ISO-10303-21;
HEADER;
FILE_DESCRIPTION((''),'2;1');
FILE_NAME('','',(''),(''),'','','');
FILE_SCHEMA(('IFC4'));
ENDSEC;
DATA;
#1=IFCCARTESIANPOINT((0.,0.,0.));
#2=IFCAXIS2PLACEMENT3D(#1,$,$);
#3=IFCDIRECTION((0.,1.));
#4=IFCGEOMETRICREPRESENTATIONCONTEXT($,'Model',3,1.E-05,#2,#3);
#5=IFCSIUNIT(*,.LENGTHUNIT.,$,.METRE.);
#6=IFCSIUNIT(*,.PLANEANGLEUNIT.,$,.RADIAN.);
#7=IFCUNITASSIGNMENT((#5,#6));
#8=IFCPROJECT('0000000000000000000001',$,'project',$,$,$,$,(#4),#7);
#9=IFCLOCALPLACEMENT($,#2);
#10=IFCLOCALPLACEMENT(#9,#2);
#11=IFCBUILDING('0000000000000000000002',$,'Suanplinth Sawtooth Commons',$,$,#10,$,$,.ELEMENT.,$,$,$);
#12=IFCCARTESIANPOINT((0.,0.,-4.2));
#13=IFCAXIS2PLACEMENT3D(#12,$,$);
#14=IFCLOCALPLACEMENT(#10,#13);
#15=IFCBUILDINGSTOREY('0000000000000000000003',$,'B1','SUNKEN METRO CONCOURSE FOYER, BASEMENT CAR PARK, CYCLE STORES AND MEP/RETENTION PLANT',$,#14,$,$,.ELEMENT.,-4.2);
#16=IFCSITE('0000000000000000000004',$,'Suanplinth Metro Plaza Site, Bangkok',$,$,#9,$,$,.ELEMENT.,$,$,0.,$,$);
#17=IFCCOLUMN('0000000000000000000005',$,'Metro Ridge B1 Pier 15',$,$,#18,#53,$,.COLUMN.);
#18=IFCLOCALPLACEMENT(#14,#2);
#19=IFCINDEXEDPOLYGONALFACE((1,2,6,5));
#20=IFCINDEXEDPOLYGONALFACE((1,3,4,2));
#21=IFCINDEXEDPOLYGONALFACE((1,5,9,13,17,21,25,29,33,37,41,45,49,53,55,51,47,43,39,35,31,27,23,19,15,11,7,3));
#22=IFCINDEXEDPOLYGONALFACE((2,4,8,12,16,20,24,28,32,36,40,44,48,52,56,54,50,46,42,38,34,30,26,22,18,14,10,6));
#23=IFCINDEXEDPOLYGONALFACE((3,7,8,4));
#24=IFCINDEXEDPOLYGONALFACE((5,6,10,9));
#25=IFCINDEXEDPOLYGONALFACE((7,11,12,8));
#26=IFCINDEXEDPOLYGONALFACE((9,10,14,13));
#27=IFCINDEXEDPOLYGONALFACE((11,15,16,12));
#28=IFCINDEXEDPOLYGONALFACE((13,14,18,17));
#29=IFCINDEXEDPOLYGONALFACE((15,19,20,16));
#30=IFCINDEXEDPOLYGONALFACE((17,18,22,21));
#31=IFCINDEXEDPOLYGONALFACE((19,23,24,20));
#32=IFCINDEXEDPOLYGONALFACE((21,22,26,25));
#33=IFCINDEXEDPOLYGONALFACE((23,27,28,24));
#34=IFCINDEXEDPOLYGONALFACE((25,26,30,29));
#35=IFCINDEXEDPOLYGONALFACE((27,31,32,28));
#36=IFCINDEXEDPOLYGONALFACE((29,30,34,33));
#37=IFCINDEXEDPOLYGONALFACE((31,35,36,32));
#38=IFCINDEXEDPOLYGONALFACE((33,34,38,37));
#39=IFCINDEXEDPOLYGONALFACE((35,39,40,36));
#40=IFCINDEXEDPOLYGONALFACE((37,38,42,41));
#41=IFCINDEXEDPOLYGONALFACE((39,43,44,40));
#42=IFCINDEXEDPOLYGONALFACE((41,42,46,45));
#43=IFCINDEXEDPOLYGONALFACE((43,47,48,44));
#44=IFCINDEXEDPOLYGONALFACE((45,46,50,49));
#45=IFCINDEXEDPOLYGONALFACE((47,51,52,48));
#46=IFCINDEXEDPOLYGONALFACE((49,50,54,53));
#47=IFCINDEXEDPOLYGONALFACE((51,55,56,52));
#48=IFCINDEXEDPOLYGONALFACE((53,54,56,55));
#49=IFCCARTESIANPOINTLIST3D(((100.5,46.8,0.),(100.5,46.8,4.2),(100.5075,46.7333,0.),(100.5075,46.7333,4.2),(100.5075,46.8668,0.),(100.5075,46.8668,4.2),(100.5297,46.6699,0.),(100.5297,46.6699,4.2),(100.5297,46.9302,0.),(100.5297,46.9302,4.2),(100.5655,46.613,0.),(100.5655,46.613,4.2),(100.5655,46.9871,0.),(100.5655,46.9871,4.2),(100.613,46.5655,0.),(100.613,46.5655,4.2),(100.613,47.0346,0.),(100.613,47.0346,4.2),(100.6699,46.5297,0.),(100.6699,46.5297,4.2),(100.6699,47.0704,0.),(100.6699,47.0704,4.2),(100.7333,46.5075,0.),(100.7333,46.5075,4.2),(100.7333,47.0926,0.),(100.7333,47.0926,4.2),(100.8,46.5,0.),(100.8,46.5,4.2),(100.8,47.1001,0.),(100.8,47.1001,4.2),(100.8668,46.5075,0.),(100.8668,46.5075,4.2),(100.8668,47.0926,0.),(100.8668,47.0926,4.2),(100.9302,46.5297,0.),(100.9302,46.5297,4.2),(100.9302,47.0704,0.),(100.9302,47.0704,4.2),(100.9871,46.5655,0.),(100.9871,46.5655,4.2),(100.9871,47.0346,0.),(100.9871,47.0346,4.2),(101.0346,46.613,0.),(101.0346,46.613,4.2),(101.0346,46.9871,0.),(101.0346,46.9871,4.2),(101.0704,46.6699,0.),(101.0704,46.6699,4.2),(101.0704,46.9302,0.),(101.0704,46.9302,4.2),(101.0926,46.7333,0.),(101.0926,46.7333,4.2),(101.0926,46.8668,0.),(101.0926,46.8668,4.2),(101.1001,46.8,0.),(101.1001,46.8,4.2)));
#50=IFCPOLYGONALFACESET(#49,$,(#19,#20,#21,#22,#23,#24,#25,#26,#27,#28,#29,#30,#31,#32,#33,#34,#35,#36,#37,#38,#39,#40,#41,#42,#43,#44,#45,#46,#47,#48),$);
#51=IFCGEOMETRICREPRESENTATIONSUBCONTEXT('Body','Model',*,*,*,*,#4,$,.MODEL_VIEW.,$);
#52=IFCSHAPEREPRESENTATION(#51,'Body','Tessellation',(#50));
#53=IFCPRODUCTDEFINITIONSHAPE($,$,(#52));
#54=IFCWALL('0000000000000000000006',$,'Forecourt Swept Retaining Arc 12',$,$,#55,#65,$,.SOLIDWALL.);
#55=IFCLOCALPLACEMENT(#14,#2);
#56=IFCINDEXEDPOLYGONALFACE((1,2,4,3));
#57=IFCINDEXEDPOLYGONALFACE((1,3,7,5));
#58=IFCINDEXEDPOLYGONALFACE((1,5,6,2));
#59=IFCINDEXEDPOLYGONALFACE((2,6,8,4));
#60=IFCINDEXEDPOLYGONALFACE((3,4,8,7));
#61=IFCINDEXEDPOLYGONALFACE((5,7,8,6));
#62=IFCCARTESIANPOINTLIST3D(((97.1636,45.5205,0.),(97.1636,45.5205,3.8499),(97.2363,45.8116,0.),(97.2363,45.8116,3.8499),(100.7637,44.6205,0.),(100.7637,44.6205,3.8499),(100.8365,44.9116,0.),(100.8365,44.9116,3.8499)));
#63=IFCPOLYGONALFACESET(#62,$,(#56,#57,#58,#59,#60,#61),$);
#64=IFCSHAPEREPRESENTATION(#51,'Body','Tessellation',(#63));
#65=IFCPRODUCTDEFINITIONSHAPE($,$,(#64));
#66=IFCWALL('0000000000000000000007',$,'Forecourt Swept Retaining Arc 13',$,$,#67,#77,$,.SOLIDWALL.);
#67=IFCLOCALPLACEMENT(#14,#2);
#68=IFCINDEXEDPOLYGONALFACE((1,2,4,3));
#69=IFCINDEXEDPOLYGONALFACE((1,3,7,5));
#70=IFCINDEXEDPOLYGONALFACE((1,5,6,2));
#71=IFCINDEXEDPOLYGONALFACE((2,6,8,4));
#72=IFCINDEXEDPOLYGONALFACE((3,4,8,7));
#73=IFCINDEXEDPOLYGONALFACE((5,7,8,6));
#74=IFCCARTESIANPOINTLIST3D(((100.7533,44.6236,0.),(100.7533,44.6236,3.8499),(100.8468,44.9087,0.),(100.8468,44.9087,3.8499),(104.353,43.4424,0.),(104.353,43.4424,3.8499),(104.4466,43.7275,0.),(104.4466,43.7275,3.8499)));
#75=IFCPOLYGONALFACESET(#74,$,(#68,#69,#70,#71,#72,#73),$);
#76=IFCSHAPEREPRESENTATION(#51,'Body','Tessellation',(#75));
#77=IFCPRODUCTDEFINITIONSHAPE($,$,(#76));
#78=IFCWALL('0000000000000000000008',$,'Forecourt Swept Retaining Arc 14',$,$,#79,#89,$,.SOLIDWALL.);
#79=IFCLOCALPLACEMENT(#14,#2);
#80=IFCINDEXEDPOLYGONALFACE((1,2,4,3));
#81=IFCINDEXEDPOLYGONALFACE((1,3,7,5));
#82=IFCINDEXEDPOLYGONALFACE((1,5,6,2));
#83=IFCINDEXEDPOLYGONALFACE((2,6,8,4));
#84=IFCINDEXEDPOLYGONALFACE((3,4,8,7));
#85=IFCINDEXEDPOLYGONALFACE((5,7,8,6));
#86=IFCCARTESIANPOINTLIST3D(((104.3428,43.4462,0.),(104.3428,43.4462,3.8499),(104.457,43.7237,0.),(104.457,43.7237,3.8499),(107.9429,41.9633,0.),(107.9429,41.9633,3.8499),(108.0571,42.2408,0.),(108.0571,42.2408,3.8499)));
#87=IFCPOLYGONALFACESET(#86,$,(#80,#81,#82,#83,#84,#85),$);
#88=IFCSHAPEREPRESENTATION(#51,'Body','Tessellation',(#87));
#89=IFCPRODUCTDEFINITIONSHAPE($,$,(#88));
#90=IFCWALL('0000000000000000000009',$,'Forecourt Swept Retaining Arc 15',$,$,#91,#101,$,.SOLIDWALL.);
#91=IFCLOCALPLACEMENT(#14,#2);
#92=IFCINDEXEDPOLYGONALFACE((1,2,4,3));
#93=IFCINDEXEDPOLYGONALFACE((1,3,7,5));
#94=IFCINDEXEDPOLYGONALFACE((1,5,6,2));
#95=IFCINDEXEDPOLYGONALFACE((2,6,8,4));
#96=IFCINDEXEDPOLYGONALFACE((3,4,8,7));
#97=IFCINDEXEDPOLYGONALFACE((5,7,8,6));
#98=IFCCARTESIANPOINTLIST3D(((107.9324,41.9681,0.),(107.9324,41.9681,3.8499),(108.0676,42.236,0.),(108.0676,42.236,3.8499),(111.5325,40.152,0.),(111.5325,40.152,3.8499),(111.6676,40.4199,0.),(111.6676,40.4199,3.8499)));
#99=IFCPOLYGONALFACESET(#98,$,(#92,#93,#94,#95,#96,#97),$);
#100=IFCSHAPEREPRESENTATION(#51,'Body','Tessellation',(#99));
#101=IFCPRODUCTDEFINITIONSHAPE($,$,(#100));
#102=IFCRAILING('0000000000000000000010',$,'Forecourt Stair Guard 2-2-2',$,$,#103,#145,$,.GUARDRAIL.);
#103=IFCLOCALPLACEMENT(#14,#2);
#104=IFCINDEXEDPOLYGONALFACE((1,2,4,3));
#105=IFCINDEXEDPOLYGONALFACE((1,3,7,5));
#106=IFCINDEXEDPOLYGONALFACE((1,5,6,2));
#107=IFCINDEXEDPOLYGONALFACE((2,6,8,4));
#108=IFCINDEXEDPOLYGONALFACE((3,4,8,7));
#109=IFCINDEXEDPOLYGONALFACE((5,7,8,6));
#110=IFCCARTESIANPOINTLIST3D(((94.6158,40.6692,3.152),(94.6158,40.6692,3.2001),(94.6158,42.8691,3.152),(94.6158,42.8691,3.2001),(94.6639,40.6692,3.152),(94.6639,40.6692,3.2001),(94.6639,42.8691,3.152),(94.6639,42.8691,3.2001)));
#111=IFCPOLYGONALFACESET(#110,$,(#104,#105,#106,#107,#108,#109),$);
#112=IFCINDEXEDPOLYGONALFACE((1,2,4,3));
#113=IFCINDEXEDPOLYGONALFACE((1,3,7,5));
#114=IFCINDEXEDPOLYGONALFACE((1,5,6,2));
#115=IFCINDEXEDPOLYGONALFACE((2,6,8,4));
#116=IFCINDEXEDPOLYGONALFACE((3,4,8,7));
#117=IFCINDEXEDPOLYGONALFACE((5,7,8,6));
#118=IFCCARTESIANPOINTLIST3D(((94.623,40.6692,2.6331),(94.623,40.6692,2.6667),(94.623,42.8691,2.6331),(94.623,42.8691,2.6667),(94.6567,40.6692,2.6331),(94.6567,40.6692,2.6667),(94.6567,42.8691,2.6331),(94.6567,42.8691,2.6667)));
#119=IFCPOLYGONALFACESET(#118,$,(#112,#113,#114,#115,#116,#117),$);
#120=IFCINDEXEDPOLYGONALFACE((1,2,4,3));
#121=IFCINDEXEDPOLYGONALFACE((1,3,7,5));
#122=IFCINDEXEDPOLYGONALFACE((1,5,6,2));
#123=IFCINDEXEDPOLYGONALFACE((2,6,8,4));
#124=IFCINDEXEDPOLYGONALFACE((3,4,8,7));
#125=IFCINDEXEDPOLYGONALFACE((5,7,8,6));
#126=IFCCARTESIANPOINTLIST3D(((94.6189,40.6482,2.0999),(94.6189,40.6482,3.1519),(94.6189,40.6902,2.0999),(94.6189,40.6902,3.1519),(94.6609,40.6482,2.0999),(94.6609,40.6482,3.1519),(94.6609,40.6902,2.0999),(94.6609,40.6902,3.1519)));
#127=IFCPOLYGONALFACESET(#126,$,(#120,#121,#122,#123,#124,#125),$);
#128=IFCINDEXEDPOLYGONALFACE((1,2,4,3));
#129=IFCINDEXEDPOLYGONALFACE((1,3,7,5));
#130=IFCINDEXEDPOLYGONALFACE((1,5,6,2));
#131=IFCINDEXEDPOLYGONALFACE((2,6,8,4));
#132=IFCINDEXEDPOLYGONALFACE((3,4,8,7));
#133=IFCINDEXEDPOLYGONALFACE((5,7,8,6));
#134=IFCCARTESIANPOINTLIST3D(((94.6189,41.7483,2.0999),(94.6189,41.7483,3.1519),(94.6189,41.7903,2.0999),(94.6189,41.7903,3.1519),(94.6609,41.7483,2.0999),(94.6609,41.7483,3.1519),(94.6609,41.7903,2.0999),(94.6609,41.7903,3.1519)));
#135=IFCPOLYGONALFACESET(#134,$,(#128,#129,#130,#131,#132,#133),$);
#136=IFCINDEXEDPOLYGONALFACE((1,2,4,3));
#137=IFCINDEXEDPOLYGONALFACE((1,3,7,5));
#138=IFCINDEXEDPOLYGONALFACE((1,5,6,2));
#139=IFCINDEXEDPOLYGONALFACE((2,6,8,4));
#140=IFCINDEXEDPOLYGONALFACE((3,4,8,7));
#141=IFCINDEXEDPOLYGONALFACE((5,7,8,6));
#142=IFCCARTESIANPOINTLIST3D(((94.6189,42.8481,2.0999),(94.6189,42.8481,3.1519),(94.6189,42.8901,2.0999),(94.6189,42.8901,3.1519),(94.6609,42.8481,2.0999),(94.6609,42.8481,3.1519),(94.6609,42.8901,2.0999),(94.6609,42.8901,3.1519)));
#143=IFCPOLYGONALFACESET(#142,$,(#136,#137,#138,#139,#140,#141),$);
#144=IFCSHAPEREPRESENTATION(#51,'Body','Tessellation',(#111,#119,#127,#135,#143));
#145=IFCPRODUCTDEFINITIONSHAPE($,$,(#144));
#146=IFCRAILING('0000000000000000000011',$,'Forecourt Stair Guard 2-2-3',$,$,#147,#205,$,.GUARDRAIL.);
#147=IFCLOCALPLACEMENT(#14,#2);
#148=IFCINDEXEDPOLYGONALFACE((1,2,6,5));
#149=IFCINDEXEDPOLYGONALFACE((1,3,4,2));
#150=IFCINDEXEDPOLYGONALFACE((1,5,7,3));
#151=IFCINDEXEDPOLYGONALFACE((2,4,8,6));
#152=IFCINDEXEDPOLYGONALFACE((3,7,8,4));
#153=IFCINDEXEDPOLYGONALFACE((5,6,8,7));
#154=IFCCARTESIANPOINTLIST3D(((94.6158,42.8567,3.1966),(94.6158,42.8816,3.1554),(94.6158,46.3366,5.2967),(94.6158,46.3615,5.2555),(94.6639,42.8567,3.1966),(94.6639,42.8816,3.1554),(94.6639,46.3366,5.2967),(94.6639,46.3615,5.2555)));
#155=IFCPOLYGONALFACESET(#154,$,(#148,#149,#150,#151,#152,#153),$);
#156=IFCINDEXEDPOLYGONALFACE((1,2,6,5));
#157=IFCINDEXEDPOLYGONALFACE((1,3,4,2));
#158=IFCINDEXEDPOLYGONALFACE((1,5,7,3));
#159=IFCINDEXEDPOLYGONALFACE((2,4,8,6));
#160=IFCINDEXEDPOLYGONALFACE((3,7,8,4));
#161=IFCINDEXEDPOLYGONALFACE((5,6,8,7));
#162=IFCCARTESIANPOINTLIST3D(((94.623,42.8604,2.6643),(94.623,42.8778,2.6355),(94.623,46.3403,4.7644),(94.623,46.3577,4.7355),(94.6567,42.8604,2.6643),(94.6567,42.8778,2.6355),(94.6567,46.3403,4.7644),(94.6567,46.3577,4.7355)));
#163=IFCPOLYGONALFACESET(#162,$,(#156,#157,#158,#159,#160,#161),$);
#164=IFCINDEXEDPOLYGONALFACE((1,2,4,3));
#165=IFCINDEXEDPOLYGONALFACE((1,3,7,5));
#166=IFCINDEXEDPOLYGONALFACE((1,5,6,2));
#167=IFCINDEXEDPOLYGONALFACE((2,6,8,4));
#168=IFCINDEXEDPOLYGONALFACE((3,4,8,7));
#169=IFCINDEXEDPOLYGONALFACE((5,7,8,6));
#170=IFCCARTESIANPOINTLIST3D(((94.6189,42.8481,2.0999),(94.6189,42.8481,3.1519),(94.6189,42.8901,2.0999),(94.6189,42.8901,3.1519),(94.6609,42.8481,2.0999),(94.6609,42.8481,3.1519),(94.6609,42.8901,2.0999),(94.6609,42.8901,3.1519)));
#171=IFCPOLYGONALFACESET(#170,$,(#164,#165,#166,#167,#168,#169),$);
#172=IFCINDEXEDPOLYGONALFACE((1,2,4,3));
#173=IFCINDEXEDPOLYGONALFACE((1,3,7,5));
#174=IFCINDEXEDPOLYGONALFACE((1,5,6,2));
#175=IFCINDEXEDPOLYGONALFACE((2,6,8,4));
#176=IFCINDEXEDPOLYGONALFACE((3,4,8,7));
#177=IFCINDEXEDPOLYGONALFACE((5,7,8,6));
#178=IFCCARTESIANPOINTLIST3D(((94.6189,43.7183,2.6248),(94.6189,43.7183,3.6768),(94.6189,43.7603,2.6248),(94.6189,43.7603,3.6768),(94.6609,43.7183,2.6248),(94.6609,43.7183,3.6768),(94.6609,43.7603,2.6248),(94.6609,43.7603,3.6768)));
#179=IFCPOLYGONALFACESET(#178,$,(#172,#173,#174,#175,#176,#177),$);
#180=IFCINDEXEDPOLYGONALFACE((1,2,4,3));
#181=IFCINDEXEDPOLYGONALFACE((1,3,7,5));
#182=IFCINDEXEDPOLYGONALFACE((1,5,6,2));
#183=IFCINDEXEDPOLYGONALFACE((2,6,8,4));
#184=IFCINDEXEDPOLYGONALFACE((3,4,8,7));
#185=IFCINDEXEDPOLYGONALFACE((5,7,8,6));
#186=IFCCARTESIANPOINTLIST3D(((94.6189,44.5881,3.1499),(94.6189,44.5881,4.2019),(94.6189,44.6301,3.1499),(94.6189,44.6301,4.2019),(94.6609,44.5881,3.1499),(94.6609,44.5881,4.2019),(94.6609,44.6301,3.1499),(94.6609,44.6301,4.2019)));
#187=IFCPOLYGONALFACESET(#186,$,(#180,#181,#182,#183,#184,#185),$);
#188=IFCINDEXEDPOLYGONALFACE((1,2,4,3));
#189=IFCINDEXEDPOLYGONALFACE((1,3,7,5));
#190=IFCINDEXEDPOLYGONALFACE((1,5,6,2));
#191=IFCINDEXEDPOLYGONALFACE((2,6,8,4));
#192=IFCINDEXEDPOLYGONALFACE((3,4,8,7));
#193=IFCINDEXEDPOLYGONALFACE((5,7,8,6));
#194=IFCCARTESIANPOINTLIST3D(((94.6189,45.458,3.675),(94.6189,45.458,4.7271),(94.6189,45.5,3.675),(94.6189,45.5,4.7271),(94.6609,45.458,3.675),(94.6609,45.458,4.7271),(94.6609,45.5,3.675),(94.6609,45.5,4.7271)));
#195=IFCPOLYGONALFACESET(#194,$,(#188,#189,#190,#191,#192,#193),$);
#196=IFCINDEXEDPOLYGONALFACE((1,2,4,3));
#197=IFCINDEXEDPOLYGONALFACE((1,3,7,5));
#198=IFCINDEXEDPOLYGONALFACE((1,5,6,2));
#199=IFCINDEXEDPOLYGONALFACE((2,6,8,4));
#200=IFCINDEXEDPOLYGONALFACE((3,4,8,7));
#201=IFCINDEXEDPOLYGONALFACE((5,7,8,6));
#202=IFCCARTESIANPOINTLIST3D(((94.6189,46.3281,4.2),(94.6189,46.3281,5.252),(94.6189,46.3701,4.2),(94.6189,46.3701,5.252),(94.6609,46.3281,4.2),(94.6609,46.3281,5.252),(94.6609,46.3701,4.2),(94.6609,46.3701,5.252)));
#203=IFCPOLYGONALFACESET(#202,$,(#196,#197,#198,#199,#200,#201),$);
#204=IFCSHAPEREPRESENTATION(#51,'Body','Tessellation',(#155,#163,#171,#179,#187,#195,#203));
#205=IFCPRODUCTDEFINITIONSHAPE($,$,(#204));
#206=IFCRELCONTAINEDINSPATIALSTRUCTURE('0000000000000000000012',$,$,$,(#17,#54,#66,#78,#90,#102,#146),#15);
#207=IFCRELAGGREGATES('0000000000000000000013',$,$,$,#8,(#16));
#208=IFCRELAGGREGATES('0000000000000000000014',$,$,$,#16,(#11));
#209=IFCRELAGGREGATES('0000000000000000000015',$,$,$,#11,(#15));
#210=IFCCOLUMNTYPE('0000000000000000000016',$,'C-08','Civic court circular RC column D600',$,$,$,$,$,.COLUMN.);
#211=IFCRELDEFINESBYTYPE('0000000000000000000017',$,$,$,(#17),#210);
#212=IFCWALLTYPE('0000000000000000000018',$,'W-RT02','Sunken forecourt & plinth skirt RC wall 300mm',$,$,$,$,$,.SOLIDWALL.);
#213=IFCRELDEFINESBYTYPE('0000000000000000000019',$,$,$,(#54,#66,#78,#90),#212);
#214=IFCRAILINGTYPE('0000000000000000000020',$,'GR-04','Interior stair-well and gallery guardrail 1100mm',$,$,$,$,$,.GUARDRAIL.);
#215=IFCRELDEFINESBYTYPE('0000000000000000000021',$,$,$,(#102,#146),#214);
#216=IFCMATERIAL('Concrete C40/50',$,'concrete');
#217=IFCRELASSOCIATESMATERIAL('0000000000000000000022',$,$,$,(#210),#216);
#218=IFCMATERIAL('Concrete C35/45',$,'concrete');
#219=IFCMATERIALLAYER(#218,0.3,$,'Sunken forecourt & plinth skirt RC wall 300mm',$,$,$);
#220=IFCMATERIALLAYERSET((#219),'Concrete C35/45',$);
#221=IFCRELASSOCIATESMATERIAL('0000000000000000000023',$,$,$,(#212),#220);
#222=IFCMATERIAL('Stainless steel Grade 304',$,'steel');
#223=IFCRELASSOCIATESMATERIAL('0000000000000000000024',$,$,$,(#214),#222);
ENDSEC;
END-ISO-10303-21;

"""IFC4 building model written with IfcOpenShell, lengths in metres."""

from ifc_helpers import new_model, si_unit, direction, frame, frame_2d, origin, origin_2d, place, context, subcontext, project, spatial, rectangle, circle, extrude, material, layer, layer_set, material_profile, profile_set, type_object, element, save


model = new_model("IFC4")

# Units and contexts
model_context = context("Model", 3, precision=1e-05, world=origin(), true_north=direction((0.0, 1.0)))
body_context = subcontext(model_context, "Body", "Model", "MODEL_VIEW")
ifc_project = project(units=[si_unit("LENGTHUNIT", "METRE"), si_unit("PLANEANGLEUNIT", "RADIAN")], contexts=[model_context])

# Site, building, storey
site_placement = place(None, origin())
site = spatial("IfcSite", under=ifc_project, at=site_placement, Name="Suanplinth Metro Plaza Site, Bangkok", CompositionType="ELEMENT", RefElevation=0.0)
building_placement = place(site_placement, origin())
building = spatial("IfcBuilding", under=site, at=building_placement, Name="Suanplinth Sawtooth Commons", CompositionType="ELEMENT")
storey_placement = place(building_placement, frame((0.0, 0.0, -4.2)))
storey = spatial("IfcBuildingStorey", under=building, at=storey_placement, Name="B1", Description="SUNKEN METRO CONCOURSE FOYER, BASEMENT CAR PARK, CYCLE STORES AND MEP/RETENTION PLANT", CompositionType="ELEMENT", Elevation=-4.2)

# Shared definitions
ifc_material_1 = material(Name="Concrete C35/45", Category="concrete")

# Column
ifc_material_2 = material(Name="Concrete C40/50", Category="concrete")
ifc_material_profile_1 = material_profile(ifc_material_2, circle(Radius=0.3, at=origin_2d()), Name="RC-CIRC D600")
ifc_profile_set_1 = profile_set([ifc_material_profile_1], Name="Concrete C40/50")
column_type_1 = type_object("IfcColumnType", Name="C-08", Description="Civic court circular RC column D600", PredefinedType="COLUMN", material=ifc_profile_set_1)
for number, where, z_axis, x_axis, name in (
    (1, (100.8, 46.8, 0.0), (0.0, 0.0, 1.0), (1.0, 0.0, 0.0), "Metro Ridge B1 Pier 15"),
):
    element("IfcColumn", number, at=place(storey_placement, frame(where, z_axis=z_axis, x_axis=x_axis)), inside=storey, type_object=column_type_1, Name=name, PredefinedType="COLUMN", context=body_context, shape_type="SweptSolid", body=[
        extrude(circle(Radius=0.3, at=origin_2d()), origin(), (0.0, 0.0, 1.0), 4.2),
    ])

# Walls
ifc_layer = layer(ifc_material_1, 0.3, Name="Sunken forecourt & plinth skirt RC wall 300mm")
ifc_layer_set = layer_set([ifc_layer], Name="Concrete C35/45")
wall_type = type_object("IfcWallType", Name="W-RT02", Description="Sunken forecourt & plinth skirt RC wall 300mm", PredefinedType="SOLIDWALL", material=ifc_layer_set)
wall_1_placement = place(storey_placement, frame((97.2, 45.666, 0.0), z_axis=(0.0, 0.0, 1.0), x_axis=(0.97015, -0.242505, 0.0)))
element("IfcWall", 2, at=wall_1_placement, inside=storey, type_object=wall_type, Name="Forecourt Swept Retaining Arc 12", PredefinedType="SOLIDWALL", context=body_context, shape_type="SweptSolid", body=[
    extrude(rectangle(XDim=3.7109, YDim=0.3, at=frame_2d((1.8555, 0.0))), origin(), (0.0, 0.0, 1.0), 3.8499),
])
wall_2_placement = place(storey_placement, frame((100.8, 44.7661, 0.0), z_axis=(0.0, 0.0, 1.0), x_axis=(0.950161, -0.311759, 0.0)))
element("IfcWall", 3, at=wall_2_placement, inside=storey, type_object=wall_type, Name="Forecourt Swept Retaining Arc 13", PredefinedType="SOLIDWALL", context=body_context, shape_type="SweptSolid", body=[
    extrude(rectangle(XDim=3.7886, YDim=0.3, at=frame_2d((1.8943, 0.0))), origin(), (0.0, 0.0, 1.0), 3.8499),
])
wall_3_placement = place(storey_placement, frame((104.3999, 43.585, 0.0), z_axis=(0.0, 0.0, 1.0), x_axis=(0.924631, -0.380863, 0.0)))
element("IfcWall", 4, at=wall_3_placement, inside=storey, type_object=wall_type, Name="Forecourt Swept Retaining Arc 14", PredefinedType="SOLIDWALL", context=body_context, shape_type="SweptSolid", body=[
    extrude(rectangle(XDim=3.8936, YDim=0.3, at=frame_2d((1.9468, 0.0))), origin(), (0.0, 0.0, 1.0), 3.8499),
])
wall_4_placement = place(storey_placement, frame((108.0, 42.1021, 0.0), z_axis=(0.0, 0.0, 1.0), x_axis=(0.892823, -0.450408, 0.0)))
element("IfcWall", 5, at=wall_4_placement, inside=storey, type_object=wall_type, Name="Forecourt Swept Retaining Arc 15", PredefinedType="SOLIDWALL", context=body_context, shape_type="SweptSolid", body=[
    extrude(rectangle(XDim=4.0322, YDim=0.3, at=frame_2d((2.0161, 0.0))), origin(), (0.0, 0.0, 1.0), 3.8499),
])

# Railings
ifc_material_3 = material(Name="Stainless steel Grade 304", Category="steel")
railing_type_1 = type_object("IfcRailingType", Name="GR-04", Description="Interior stair-well and gallery guardrail 1100mm", PredefinedType="GUARDRAIL", material=ifc_material_3)
railing_1_placement = place(storey_placement, frame((94.6399, 40.6692, 2.0999)))
element("IfcRailing", 6, at=railing_1_placement, inside=storey, type_object=railing_type_1, Name="Forecourt Stair Guard 2-2-2", PredefinedType="GUARDRAIL", context=body_context, shape_type="SweptSolid", body=[
    extrude(rectangle(XDim=0.0481, YDim=0.0481, at=origin_2d()), frame((0.0, 0.0, 1.0762), z_axis=(0.0, 1.0, 0.0), x_axis=(-1.0, 0.0, 0.0)), (0.0, 0.0, 1.0), 2.2),
    extrude(rectangle(XDim=0.0337, YDim=0.0337, at=origin_2d()), frame((0.0, 0.0, 0.55), z_axis=(0.0, 1.0, 0.0), x_axis=(-1.0, 0.0, 0.0)), (0.0, 0.0, 1.0), 2.2),
    extrude(rectangle(XDim=0.042, YDim=0.042, at=origin_2d()), origin(), (0.0, 0.0, 1.0), 1.052),
    extrude(rectangle(XDim=0.042, YDim=0.042, at=origin_2d()), frame((0.0, 1.1001, 0.0)), (0.0, 0.0, 1.0), 1.052),
    extrude(rectangle(XDim=0.042, YDim=0.042, at=origin_2d()), frame((0.0, 2.2, 0.0)), (0.0, 0.0, 1.0), 1.052),
])
railing_2_placement = place(storey_placement, frame((94.6399, 42.8691, 2.0999)))
element("IfcRailing", 7, at=railing_2_placement, inside=storey, type_object=railing_type_1, Name="Forecourt Stair Guard 2-2-3", PredefinedType="GUARDRAIL", context=body_context, shape_type="SweptSolid", body=[
    extrude(rectangle(XDim=0.0481, YDim=0.0481, at=origin_2d()), frame((0.0, 0.0, 1.0762), z_axis=(0.0, 0.856176, 0.516685), x_axis=(-1.0, 0.0, 0.0)), (0.0, 0.0, 1.0), 4.0645),
    extrude(rectangle(XDim=0.0337, YDim=0.0337, at=origin_2d()), frame((0.0, 0.0, 0.55), z_axis=(0.0, 0.856176, 0.516685), x_axis=(-1.0, 0.0, 0.0)), (0.0, 0.0, 1.0), 4.0645),
    extrude(rectangle(XDim=0.042, YDim=0.042, at=origin_2d()), origin(), (0.0, 0.0, 1.0), 1.052),
    extrude(rectangle(XDim=0.042, YDim=0.042, at=origin_2d()), frame((0.0, 0.8701, 0.5249)), (0.0, 0.0, 1.0), 1.052),
    extrude(rectangle(XDim=0.042, YDim=0.042, at=origin_2d()), frame((0.0, 1.74, 1.05)), (0.0, 0.0, 1.0), 1.052),
    extrude(rectangle(XDim=0.042, YDim=0.042, at=origin_2d()), frame((0.0, 2.6099, 1.5752)), (0.0, 0.0, 1.0), 1.052),
    extrude(rectangle(XDim=0.042, YDim=0.042, at=origin_2d()), frame((0.0, 3.48, 2.1001)), (0.0, 0.0, 1.0), 1.052),
])

save(model, "model.ifc")
